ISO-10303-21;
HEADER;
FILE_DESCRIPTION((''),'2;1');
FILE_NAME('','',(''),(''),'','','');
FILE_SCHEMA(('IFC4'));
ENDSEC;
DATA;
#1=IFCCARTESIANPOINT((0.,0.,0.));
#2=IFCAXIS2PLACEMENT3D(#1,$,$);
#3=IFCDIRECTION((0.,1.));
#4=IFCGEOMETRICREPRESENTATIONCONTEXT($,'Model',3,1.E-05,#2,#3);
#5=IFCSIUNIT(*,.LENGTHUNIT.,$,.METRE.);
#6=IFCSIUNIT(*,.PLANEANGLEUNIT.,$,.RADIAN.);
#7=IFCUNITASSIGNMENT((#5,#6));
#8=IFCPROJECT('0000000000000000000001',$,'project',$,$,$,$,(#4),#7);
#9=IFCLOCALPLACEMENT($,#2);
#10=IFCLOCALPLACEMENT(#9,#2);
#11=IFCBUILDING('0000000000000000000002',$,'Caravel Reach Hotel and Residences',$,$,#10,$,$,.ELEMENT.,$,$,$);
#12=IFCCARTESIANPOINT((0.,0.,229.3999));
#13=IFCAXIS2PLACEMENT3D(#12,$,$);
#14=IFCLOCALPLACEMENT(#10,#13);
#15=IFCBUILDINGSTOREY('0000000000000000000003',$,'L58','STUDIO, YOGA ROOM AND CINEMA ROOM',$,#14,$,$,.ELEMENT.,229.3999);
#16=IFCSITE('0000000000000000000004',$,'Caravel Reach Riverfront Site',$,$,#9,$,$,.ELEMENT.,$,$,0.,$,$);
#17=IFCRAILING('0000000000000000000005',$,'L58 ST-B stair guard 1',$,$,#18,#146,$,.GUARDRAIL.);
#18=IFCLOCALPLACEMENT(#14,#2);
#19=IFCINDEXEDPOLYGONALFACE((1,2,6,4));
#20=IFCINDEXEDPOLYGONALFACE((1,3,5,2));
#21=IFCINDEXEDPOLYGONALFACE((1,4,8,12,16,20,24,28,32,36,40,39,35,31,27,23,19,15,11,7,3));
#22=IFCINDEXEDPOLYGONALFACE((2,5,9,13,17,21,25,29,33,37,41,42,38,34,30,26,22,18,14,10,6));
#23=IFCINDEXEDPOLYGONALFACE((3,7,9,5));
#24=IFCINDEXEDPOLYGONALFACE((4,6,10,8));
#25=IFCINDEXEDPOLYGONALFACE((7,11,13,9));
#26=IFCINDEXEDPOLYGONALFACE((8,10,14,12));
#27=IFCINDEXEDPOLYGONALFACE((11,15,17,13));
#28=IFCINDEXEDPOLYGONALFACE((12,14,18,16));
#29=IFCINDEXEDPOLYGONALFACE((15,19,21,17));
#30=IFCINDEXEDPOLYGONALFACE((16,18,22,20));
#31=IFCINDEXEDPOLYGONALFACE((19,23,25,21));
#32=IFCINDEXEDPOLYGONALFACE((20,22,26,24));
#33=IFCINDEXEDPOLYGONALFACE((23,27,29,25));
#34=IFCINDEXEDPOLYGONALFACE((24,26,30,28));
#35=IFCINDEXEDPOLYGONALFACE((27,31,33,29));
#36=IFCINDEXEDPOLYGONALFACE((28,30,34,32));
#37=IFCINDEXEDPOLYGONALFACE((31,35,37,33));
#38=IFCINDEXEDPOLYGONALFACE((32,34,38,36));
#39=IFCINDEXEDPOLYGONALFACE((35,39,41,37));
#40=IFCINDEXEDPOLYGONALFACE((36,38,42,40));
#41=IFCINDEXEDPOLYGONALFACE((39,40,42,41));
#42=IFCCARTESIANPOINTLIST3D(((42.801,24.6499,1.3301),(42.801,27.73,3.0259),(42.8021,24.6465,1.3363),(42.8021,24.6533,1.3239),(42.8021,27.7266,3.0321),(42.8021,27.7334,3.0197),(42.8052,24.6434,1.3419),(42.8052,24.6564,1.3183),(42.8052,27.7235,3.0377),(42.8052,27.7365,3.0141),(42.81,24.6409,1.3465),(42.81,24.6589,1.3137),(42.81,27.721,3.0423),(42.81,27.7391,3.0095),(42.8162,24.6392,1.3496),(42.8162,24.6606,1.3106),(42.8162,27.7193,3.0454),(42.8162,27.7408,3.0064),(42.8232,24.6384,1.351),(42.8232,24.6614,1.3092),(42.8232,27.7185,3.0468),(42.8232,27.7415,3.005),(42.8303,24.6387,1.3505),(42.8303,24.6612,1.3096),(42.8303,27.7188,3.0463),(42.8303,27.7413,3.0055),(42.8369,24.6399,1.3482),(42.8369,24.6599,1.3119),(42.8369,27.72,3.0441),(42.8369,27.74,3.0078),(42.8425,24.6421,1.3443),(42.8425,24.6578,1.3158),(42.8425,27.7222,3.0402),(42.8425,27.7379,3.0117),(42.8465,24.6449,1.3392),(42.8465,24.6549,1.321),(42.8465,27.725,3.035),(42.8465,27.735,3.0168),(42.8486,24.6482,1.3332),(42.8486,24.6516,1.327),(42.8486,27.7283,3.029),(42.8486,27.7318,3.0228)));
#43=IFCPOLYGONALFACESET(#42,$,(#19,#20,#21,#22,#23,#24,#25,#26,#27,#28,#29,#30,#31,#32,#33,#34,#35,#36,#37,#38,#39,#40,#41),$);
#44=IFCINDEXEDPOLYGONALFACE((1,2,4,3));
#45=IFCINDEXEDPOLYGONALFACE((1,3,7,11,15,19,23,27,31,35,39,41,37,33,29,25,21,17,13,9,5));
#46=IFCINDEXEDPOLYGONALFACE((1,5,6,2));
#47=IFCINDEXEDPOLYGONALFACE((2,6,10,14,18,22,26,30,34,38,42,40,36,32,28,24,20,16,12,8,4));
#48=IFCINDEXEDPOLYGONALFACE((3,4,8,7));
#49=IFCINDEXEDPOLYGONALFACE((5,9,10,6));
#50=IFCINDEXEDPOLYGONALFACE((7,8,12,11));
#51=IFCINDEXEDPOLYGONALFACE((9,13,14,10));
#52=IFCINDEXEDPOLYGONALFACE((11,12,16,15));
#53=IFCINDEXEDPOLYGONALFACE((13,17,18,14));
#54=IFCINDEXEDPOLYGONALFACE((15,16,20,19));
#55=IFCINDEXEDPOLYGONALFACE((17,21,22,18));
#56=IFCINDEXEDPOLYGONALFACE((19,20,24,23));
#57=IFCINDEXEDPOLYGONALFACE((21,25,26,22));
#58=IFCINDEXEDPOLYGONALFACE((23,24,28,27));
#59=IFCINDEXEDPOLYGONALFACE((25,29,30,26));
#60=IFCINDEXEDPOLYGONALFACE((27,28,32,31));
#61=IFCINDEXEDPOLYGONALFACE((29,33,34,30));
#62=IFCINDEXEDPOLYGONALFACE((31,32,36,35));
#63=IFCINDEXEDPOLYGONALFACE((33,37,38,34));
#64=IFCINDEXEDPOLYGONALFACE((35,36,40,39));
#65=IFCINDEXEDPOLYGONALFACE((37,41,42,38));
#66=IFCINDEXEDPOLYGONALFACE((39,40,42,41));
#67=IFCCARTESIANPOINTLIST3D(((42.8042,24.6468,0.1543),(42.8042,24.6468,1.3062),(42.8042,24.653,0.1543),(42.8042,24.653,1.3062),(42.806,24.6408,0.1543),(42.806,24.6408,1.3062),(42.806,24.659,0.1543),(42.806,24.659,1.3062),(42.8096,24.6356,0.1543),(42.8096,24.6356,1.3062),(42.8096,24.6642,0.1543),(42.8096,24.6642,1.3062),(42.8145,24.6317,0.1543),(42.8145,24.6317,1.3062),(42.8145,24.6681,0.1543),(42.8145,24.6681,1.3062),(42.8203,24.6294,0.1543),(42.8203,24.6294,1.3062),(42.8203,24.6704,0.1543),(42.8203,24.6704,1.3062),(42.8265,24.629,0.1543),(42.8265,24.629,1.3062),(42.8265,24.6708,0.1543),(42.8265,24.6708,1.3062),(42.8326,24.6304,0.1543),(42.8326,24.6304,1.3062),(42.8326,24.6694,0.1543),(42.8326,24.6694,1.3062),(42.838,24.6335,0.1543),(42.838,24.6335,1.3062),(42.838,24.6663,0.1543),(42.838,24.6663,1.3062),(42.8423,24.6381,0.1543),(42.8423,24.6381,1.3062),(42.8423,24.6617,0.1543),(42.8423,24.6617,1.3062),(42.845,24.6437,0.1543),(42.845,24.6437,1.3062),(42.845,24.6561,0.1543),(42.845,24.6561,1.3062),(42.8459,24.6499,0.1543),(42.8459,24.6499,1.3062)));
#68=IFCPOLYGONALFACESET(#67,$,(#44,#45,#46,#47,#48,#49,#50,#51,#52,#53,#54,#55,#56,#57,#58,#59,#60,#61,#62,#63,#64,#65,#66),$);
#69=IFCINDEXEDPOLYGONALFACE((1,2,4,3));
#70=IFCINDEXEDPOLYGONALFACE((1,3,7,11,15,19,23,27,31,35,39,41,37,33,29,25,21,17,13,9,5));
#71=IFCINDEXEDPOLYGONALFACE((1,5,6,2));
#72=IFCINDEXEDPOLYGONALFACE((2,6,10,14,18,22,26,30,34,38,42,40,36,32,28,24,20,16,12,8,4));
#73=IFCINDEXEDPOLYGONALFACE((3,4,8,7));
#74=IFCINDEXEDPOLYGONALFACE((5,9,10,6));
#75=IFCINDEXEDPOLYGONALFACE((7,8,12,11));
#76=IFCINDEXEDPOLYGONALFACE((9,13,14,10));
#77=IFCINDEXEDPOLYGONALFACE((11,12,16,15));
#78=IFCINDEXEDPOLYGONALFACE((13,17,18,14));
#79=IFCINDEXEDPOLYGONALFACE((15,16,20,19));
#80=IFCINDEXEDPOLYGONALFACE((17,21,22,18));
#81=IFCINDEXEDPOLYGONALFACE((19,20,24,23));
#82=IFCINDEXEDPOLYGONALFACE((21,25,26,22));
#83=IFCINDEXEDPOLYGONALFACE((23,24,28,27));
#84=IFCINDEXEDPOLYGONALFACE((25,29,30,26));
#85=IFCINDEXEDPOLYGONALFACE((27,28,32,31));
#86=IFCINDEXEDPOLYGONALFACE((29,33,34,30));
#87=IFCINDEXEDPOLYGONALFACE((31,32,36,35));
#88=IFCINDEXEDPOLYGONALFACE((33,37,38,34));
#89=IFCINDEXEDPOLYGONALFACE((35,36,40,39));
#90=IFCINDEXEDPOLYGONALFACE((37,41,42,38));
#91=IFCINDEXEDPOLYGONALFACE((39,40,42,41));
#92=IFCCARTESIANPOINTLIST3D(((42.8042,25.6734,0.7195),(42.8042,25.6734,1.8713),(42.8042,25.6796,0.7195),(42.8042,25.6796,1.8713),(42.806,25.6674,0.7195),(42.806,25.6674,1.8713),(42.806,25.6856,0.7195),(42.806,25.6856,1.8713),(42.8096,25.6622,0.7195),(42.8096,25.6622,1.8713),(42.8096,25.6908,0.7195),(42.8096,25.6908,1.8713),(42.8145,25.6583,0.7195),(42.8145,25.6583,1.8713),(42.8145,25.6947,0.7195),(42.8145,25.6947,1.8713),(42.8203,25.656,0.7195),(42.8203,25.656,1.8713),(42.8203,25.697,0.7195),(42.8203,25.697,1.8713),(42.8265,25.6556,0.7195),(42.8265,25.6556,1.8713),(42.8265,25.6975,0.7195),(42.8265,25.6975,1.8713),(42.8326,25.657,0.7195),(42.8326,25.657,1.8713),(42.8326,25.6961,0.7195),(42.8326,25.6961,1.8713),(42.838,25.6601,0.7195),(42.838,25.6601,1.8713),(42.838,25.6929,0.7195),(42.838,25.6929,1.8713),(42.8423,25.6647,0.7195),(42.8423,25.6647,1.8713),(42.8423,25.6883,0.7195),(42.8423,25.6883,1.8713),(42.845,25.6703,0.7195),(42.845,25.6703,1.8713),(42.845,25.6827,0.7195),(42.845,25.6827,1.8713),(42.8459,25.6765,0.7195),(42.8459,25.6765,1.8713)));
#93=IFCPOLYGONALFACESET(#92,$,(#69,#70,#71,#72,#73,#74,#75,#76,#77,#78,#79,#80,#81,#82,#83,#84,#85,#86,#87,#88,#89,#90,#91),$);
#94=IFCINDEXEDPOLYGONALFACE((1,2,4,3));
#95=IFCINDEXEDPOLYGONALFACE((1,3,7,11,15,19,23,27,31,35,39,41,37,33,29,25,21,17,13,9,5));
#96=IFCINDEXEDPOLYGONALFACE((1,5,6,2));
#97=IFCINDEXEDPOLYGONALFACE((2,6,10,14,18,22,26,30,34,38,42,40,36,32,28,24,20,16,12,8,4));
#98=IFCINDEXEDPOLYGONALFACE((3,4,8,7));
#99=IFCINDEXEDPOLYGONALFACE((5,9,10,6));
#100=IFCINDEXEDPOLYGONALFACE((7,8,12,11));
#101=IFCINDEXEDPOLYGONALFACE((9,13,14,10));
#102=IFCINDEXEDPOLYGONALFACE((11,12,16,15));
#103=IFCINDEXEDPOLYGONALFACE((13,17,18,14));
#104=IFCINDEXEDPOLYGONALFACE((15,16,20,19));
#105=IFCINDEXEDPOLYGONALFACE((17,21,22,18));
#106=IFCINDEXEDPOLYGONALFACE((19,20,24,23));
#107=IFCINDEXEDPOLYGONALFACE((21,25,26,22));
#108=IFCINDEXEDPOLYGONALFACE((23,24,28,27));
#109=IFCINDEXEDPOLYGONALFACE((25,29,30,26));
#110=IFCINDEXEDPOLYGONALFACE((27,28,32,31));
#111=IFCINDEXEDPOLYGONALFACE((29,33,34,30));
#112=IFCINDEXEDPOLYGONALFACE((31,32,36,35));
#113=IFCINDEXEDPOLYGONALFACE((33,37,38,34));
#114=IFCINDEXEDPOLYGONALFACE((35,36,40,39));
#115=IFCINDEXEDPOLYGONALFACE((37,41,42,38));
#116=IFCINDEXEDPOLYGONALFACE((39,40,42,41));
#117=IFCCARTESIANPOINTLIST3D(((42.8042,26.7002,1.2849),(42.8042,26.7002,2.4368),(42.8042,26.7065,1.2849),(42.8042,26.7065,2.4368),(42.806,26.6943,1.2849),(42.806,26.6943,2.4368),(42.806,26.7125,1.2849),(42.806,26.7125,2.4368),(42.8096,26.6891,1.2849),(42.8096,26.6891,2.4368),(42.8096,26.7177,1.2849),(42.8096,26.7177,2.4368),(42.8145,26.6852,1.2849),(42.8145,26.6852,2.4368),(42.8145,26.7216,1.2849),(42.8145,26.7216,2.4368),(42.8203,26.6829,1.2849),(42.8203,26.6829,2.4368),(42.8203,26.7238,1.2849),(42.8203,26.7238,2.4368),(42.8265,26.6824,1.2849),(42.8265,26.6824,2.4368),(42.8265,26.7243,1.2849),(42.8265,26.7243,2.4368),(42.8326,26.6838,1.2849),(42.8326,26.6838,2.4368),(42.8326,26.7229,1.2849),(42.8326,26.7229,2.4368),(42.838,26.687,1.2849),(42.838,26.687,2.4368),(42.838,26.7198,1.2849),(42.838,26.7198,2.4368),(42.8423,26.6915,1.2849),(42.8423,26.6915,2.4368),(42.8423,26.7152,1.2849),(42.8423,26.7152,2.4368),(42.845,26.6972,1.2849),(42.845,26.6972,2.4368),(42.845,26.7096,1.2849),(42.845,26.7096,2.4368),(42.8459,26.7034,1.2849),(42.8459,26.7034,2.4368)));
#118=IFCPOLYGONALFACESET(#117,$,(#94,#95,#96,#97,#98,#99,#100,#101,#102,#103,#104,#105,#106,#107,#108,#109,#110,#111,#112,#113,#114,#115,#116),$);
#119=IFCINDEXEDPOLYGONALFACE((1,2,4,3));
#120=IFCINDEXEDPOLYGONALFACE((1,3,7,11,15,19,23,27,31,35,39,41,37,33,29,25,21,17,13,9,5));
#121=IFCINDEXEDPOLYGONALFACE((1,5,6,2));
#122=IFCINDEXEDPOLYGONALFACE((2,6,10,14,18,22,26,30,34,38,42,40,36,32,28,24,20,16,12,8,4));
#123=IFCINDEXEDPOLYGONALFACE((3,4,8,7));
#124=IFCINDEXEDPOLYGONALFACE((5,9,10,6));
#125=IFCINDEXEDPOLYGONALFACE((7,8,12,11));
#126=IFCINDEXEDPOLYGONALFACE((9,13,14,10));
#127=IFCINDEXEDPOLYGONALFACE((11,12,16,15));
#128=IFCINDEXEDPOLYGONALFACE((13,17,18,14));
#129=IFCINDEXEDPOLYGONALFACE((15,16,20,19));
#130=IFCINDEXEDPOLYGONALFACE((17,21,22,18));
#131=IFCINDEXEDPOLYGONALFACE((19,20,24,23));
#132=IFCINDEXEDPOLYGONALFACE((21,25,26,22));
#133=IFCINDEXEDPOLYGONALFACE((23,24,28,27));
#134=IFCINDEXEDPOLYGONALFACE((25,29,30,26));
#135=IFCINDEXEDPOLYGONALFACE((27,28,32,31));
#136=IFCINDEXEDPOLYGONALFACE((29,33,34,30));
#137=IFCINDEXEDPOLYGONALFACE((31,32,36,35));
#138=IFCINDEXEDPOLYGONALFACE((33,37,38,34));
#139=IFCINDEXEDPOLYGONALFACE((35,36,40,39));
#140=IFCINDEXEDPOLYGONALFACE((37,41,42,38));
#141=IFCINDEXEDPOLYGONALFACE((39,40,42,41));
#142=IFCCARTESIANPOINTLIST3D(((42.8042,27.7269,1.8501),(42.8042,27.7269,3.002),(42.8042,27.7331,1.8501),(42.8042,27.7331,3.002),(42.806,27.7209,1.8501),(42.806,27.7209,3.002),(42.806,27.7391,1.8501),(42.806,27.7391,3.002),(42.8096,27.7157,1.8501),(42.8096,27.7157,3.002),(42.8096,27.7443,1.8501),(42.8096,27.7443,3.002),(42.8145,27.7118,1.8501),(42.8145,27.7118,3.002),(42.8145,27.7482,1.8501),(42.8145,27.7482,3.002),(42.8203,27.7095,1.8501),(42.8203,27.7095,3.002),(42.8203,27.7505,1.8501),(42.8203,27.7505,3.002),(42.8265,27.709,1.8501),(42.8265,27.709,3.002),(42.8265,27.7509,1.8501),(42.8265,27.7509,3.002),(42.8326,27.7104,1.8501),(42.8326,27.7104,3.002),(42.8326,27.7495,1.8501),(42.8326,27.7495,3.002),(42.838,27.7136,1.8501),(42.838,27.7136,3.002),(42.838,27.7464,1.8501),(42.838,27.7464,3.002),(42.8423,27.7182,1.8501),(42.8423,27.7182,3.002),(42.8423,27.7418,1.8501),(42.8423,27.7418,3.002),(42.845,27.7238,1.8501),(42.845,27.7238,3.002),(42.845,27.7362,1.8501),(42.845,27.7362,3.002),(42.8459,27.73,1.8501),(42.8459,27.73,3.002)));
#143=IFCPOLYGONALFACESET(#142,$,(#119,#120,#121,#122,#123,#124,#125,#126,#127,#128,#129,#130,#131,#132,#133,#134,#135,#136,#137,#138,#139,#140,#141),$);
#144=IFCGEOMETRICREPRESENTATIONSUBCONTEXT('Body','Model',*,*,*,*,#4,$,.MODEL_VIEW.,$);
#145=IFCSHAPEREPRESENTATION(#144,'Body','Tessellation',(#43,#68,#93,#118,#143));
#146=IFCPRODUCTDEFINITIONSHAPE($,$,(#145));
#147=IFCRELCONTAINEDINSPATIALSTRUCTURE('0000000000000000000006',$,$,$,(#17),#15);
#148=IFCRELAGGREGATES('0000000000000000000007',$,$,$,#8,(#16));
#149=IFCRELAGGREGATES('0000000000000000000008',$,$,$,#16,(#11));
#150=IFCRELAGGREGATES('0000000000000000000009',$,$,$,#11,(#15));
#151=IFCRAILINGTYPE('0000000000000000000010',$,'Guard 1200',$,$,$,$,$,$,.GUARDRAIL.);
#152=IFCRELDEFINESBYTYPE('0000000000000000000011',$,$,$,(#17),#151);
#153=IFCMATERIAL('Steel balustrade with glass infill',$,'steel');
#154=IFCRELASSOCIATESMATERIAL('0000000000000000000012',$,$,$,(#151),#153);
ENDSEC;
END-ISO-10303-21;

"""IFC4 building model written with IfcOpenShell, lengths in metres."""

from ifc_helpers import new_model, si_unit, direction, frame, origin, origin_2d, place, context, subcontext, project, spatial, circle, extrude, material, type_object, element, save


model = new_model("IFC4")

# Units and contexts
model_context = context("Model", 3, precision=1e-05, world=origin(), true_north=direction((0.0, 1.0)))
body_context = subcontext(model_context, "Body", "Model", "MODEL_VIEW")
ifc_project = project(units=[si_unit("LENGTHUNIT", "METRE"), si_unit("PLANEANGLEUNIT", "RADIAN")], contexts=[model_context])

# Site, building, storey
site_placement = place(None, origin())
site = spatial("IfcSite", under=ifc_project, at=site_placement, Name="Caravel Reach Riverfront Site", CompositionType="ELEMENT", RefElevation=0.0)
building_placement = place(site_placement, origin())
building = spatial("IfcBuilding", under=site, at=building_placement, Name="Caravel Reach Hotel and Residences", CompositionType="ELEMENT")
storey_placement = place(building_placement, frame((0.0, 0.0, 229.3999)))
storey = spatial("IfcBuildingStorey", under=building, at=storey_placement, Name="L58", Description="STUDIO, YOGA ROOM AND CINEMA ROOM", CompositionType="ELEMENT", Elevation=229.3999)

# Railing
ifc_material_1 = material(Name="Steel balustrade with glass infill", Category="steel")
railing_type_1 = type_object("IfcRailingType", Name="Guard 1200", PredefinedType="GUARDRAIL", material=ifc_material_1)
railing_1_placement = place(storey_placement, frame((42.825, 24.6499, 0.1543)))
element("IfcRailing", 1, at=railing_1_placement, inside=storey, type_object=railing_type_1, Name="L58 ST-B stair guard 1", PredefinedType="GUARDRAIL", context=body_context, shape_type="SweptSolid", body=[
    extrude(circle(Radius=0.0239, at=origin_2d()), frame((0.0, 0.0, 1.1758), z_axis=(0.0, 0.876005, 0.482303), x_axis=(-1.0, 0.0, 0.0)), (0.0, 0.0, 1.0), 3.5161),
    extrude(circle(Radius=0.021, at=origin_2d()), origin(), (0.0, 0.0, 1.0), 1.1519),
    extrude(circle(Radius=0.021, at=origin_2d()), frame((0.0, 1.0266, 0.5652)), (0.0, 0.0, 1.0), 1.1519),
    extrude(circle(Radius=0.021, at=origin_2d()), frame((0.0, 2.0535, 1.1306)), (0.0, 0.0, 1.0), 1.1519),
    extrude(circle(Radius=0.021, at=origin_2d()), frame((0.0, 3.0801, 1.6958)), (0.0, 0.0, 1.0), 1.1519),
])

save(model, "model.ifc")
